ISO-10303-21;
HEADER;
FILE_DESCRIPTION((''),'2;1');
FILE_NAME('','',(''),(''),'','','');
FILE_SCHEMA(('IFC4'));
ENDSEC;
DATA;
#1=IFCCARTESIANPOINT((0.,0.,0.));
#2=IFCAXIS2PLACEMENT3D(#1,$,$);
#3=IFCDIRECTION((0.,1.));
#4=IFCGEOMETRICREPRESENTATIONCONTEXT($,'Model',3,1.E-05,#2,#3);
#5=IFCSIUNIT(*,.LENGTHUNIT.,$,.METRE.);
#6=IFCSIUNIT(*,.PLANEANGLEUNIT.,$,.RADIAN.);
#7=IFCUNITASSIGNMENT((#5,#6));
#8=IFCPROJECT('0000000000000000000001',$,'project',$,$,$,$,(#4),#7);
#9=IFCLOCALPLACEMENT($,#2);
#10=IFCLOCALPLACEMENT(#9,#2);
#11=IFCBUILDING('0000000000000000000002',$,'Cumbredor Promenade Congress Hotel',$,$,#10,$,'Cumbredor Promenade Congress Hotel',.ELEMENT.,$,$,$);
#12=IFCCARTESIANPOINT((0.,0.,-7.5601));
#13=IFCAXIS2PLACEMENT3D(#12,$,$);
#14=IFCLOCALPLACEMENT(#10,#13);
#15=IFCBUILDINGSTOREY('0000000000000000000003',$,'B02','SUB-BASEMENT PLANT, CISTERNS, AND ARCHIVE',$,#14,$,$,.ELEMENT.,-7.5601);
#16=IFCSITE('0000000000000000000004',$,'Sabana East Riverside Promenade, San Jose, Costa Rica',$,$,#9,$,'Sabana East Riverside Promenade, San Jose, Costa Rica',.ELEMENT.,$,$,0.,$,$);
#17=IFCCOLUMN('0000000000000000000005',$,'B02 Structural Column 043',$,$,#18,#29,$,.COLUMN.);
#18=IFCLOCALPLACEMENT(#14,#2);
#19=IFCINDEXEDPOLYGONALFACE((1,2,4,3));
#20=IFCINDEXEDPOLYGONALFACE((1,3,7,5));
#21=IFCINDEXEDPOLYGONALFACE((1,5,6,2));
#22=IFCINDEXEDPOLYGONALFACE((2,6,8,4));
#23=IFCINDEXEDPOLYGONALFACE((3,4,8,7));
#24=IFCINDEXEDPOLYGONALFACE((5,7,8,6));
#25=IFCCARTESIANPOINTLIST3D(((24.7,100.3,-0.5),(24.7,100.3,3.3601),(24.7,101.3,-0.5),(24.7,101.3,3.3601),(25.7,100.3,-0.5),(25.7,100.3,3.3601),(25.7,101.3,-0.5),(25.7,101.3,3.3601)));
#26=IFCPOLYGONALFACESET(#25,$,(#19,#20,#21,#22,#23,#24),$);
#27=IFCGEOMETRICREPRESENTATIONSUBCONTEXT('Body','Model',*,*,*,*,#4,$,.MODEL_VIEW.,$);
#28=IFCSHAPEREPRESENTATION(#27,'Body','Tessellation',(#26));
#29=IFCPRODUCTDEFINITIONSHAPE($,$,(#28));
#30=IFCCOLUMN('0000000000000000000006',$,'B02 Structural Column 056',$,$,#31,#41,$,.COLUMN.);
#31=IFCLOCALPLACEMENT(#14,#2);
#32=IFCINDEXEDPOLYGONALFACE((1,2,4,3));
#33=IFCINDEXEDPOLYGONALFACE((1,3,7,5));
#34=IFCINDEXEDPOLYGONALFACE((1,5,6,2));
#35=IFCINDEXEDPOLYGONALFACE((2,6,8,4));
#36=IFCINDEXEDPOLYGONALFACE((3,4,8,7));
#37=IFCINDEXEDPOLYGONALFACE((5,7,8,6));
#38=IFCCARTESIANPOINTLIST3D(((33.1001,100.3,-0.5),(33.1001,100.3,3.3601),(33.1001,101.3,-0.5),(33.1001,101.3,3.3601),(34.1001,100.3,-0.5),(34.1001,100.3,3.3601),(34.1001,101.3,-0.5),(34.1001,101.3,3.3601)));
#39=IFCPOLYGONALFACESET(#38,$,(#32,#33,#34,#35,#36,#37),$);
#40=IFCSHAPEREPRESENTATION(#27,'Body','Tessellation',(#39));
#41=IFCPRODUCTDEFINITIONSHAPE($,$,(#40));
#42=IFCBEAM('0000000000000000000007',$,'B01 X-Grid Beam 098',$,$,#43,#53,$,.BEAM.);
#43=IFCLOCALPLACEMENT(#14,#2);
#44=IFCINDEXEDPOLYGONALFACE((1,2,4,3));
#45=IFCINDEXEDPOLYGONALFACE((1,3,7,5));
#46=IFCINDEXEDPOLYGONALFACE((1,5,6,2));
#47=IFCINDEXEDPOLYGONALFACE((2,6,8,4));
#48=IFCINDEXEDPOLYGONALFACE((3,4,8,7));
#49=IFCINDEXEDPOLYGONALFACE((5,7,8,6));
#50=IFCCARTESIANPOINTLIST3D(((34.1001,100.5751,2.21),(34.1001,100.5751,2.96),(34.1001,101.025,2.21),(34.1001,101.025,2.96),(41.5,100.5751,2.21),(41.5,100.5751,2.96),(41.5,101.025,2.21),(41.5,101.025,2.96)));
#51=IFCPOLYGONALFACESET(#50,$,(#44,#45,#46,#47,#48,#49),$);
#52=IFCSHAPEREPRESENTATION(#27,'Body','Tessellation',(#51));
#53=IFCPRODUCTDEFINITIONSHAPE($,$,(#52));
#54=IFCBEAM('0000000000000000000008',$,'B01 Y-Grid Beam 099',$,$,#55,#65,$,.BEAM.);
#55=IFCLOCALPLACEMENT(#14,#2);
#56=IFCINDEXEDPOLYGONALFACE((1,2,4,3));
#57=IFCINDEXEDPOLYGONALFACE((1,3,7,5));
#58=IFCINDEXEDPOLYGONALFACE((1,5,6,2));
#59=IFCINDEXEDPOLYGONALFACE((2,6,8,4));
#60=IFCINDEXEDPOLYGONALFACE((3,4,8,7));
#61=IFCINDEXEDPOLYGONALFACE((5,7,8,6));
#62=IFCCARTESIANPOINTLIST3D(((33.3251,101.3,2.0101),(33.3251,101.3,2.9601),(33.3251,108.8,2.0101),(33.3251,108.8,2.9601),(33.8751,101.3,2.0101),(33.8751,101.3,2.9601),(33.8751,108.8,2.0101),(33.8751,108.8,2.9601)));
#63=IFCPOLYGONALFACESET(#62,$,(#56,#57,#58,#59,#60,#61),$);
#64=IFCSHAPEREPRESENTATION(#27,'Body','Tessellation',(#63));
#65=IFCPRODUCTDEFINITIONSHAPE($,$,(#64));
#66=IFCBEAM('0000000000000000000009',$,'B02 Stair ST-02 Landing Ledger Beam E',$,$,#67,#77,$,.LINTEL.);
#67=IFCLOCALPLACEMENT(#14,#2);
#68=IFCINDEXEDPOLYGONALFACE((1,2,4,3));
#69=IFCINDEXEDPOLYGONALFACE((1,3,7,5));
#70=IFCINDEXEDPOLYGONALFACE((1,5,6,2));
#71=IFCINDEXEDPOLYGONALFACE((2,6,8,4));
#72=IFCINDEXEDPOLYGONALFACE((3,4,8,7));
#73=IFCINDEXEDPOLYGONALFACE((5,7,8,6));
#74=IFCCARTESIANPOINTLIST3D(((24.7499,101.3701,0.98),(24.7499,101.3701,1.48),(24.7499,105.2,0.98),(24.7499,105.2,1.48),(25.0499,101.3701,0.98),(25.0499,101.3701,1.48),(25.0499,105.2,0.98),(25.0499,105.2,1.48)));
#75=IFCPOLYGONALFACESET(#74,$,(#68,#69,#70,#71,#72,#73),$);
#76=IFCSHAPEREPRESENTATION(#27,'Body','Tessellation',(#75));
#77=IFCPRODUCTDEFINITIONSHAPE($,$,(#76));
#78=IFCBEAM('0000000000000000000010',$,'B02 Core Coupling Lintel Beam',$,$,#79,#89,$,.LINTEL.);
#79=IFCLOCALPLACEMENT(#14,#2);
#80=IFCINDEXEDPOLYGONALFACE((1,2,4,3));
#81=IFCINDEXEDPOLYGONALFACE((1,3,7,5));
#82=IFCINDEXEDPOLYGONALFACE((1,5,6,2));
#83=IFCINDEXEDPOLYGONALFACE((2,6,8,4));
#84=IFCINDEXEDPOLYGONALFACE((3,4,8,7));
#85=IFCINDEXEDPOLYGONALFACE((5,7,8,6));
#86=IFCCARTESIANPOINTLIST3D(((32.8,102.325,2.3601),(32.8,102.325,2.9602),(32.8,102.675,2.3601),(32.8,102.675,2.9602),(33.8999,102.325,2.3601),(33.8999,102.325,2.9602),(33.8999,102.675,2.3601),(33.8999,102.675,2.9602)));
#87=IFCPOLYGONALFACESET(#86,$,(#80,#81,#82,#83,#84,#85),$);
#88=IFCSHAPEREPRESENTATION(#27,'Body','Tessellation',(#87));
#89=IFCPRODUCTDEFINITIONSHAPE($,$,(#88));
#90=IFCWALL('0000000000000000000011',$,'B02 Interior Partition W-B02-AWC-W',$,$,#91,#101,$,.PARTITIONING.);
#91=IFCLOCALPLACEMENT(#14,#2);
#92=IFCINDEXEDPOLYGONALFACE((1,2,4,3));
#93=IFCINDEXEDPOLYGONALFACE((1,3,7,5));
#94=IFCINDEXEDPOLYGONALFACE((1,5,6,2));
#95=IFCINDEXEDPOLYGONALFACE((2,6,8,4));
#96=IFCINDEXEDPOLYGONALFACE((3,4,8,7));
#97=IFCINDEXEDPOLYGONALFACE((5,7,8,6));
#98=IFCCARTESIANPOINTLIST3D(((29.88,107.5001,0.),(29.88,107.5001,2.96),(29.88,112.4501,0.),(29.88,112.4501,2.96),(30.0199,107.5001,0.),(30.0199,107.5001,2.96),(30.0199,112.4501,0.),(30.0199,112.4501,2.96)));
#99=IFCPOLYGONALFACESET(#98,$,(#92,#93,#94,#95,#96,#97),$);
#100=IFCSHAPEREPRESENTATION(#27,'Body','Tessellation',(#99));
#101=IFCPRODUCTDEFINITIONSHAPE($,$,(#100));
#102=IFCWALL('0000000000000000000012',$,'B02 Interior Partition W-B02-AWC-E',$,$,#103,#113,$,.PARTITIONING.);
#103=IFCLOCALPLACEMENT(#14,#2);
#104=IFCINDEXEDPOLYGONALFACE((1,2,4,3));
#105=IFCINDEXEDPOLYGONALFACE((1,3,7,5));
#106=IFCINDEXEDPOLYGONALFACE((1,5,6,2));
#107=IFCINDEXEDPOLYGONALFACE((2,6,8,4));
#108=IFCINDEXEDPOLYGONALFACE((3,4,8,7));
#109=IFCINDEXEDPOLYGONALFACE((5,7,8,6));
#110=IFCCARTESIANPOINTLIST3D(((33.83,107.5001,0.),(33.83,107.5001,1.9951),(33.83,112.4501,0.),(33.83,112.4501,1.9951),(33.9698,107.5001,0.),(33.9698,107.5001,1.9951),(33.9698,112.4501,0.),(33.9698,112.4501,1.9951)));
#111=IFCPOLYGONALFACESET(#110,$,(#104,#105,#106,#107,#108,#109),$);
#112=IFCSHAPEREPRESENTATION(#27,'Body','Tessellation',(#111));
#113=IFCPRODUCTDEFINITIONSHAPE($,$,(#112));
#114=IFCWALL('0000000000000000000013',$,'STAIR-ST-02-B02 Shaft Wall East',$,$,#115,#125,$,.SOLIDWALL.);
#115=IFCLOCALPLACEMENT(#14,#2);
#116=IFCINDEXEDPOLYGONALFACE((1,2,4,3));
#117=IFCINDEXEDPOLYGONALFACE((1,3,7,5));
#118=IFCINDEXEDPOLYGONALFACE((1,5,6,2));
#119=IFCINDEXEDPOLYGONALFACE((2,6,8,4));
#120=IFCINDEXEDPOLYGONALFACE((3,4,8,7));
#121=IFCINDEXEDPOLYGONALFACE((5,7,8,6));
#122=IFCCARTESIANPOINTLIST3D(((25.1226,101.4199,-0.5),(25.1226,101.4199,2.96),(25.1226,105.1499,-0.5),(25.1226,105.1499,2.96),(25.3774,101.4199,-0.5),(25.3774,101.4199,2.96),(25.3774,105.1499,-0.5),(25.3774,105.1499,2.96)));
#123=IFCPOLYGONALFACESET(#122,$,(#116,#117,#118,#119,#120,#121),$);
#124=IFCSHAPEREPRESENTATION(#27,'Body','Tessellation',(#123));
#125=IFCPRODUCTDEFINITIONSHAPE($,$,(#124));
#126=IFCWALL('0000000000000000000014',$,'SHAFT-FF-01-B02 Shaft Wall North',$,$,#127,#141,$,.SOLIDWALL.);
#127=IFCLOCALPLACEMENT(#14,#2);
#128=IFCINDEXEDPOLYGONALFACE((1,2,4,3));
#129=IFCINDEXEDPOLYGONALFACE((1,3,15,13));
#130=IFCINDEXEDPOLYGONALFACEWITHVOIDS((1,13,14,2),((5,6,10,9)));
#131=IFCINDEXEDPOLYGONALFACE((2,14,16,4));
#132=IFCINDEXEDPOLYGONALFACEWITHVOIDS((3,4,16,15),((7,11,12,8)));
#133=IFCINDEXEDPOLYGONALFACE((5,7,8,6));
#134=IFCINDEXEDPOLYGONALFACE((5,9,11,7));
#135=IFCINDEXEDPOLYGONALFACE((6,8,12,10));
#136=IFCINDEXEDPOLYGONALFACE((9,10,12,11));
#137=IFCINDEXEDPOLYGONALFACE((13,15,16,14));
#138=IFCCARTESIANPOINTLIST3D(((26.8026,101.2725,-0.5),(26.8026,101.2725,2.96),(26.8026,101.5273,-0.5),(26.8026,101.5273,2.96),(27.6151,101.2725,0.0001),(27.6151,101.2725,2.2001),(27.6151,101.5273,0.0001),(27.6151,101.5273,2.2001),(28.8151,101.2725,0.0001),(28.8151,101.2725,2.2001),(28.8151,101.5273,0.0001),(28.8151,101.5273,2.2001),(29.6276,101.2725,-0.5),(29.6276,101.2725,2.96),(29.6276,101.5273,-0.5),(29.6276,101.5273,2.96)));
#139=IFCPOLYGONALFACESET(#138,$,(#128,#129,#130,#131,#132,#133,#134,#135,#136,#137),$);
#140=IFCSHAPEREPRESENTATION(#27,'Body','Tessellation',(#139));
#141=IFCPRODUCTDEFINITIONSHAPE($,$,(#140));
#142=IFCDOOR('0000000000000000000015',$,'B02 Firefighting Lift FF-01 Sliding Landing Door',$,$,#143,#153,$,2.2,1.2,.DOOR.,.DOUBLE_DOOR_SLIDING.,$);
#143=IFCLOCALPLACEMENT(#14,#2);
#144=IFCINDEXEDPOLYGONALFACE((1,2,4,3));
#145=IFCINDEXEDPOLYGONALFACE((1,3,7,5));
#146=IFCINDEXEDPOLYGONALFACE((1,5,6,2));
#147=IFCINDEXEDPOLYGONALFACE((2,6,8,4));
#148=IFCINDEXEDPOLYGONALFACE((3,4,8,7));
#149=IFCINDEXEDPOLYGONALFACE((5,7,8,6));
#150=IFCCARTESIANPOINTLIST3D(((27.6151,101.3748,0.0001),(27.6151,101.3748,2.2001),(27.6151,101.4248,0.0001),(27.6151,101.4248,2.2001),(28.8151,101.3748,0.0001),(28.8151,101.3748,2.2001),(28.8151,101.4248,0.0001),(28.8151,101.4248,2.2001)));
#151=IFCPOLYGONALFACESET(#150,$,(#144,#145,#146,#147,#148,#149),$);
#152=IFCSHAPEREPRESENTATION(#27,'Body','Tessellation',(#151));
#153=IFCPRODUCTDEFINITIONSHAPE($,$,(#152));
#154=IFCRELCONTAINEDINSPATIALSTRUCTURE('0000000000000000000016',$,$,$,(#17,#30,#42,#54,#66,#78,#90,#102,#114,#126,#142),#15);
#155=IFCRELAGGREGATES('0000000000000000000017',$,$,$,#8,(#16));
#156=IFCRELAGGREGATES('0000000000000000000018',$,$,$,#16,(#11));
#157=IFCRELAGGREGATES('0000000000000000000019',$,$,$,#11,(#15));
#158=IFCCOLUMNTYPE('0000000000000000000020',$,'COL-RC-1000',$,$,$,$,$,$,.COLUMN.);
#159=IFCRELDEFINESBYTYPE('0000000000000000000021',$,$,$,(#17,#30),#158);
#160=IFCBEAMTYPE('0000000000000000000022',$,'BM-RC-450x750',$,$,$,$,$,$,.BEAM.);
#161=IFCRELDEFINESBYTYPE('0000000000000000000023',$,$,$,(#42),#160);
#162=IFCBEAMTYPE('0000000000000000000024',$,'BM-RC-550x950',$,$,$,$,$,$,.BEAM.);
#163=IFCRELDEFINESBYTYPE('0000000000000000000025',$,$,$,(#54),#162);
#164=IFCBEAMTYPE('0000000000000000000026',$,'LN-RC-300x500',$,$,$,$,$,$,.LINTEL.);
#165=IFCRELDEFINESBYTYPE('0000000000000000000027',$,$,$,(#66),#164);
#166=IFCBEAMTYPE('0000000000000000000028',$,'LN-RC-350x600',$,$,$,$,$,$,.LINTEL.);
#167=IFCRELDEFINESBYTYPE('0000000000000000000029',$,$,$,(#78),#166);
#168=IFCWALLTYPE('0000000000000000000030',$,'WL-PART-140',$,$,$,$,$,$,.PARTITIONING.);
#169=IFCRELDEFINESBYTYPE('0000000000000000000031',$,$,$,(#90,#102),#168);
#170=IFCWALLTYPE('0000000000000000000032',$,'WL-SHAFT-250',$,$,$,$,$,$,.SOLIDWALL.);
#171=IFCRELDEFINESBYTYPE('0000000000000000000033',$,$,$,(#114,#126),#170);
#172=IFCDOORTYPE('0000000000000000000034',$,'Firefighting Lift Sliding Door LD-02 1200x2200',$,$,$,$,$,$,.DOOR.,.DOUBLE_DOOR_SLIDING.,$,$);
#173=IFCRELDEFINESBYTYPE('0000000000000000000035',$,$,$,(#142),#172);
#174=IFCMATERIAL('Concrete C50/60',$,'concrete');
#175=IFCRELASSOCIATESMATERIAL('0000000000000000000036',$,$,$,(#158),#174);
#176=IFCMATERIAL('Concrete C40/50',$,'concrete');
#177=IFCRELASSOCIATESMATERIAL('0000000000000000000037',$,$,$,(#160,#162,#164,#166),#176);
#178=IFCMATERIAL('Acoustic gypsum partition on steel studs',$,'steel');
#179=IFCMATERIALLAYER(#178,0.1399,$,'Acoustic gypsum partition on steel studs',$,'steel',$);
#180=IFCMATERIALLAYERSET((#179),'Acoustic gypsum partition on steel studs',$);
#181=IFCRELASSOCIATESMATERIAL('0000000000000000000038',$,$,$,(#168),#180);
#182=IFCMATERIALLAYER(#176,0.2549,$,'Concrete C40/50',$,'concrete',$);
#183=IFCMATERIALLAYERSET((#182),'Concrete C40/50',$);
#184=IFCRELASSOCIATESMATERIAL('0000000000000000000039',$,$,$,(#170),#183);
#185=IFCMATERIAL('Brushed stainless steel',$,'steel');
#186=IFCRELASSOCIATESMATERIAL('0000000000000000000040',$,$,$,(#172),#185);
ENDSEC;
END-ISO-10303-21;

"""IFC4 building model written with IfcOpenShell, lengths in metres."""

from ifc_helpers import new_model, si_unit, direction, frame, frame_2d, origin, origin_2d, place, context, subcontext, project, spatial, rectangle, extrude, material, layer, layer_set, material_profile, profile_set, type_object, element, fill, save


model = new_model("IFC4")

# Units and contexts
model_context = context("Model", 3, precision=1e-05, world=origin(), true_north=direction((0.0, 1.0)))
body_context = subcontext(model_context, "Body", "Model", "MODEL_VIEW")
ifc_project = project(units=[si_unit("LENGTHUNIT", "METRE"), si_unit("PLANEANGLEUNIT", "RADIAN")], contexts=[model_context])

# Site, building, storey
site_placement = place(None, origin())
site = spatial("IfcSite", under=ifc_project, at=site_placement, Name="Sabana East Riverside Promenade, San Jose, Costa Rica", LongName="Sabana East Riverside Promenade, San Jose, Costa Rica", CompositionType="ELEMENT", RefElevation=0.0)
building_placement = place(site_placement, origin())
building = spatial("IfcBuilding", under=site, at=building_placement, Name="Cumbredor Promenade Congress Hotel", LongName="Cumbredor Promenade Congress Hotel", CompositionType="ELEMENT")
storey_placement = place(building_placement, frame((0.0, 0.0, -7.5601)))
storey = spatial("IfcBuildingStorey", under=building, at=storey_placement, Name="B02", Description="SUB-BASEMENT PLANT, CISTERNS, AND ARCHIVE", CompositionType="ELEMENT", Elevation=-7.5601)

# Shared definitions
ifc_material_1 = material(Name="Concrete C40/50", Category="concrete")

# Columns
ifc_material_2 = material(Name="Concrete C50/60", Category="concrete")
ifc_material_profile_1 = material_profile(ifc_material_2, rectangle(XDim=1.0, YDim=1.0, at=origin_2d()), Name="RC 1000x1000")
ifc_profile_set_1 = profile_set([ifc_material_profile_1], Name="Concrete C50/60")
column_type = type_object("IfcColumnType", Name="COL-RC-1000", PredefinedType="COLUMN", material=ifc_profile_set_1)
for number, where, z_axis, x_axis, name in (
    (1, (25.2, 100.8, -0.5), (0.0, 0.0, 1.0), (1.0, 0.0, 0.0), "B02 Structural Column 043"),
    (2, (33.6001, 100.8, -0.5), (0.0, 0.0, 1.0), (1.0, 0.0, 0.0), "B02 Structural Column 056"),
):
    element("IfcColumn", number, at=place(storey_placement, frame(where, z_axis=z_axis, x_axis=x_axis)), inside=storey, type_object=column_type, Name=name, PredefinedType="COLUMN", context=body_context, shape_type="SweptSolid", body=[
        extrude(rectangle(XDim=1.0, YDim=1.0, at=origin_2d()), origin(), (0.0, 0.0, 1.0), 3.8601),
    ])

# Beams
ifc_material_profile_2 = material_profile(ifc_material_1, rectangle(XDim=0.45, YDim=0.75, at=origin_2d()), Name="RC BEAM 450x750")
ifc_profile_set_2 = profile_set([ifc_material_profile_2], Name="Concrete C40/50")
beam_type_1 = type_object("IfcBeamType", Name="BM-RC-450x750", PredefinedType="BEAM", material=ifc_profile_set_2)
beam_1_placement = place(storey_placement, frame((34.1001, 100.8, 2.585), z_axis=(1.0, 0.0, 0.0), x_axis=(0.0, 1.0, 0.0)))
element("IfcBeam", 3, at=beam_1_placement, inside=storey, type_object=beam_type_1, Name="B01 X-Grid Beam 098", PredefinedType="BEAM", context=body_context, shape_type="SweptSolid", body=[
    extrude(rectangle(XDim=0.45, YDim=0.75, at=origin_2d()), origin(), (0.0, 0.0, 1.0), 7.3999),
])
ifc_material_profile_3 = material_profile(ifc_material_1, rectangle(XDim=0.55, YDim=0.95, at=origin_2d()), Name="RC BEAM 550x950")
ifc_profile_set_3 = profile_set([ifc_material_profile_3], Name="Concrete C40/50")
beam_type_2 = type_object("IfcBeamType", Name="BM-RC-550x950", PredefinedType="BEAM", material=ifc_profile_set_3)
beam_2_placement = place(storey_placement, frame((33.6001, 101.3, 2.4851), z_axis=(0.0, 1.0, 0.0), x_axis=(-1.0, 0.0, 0.0)))
element("IfcBeam", 4, at=beam_2_placement, inside=storey, type_object=beam_type_2, Name="B01 Y-Grid Beam 099", PredefinedType="BEAM", context=body_context, shape_type="SweptSolid", body=[
    extrude(rectangle(XDim=0.55, YDim=0.95, at=origin_2d()), origin(), (0.0, 0.0, 1.0), 7.5),
])
ifc_material_profile_4 = material_profile(ifc_material_1, rectangle(XDim=0.3, YDim=0.5, at=origin_2d()), Name="RC LINTEL 300x500")
ifc_profile_set_4 = profile_set([ifc_material_profile_4], Name="Concrete C40/50")
beam_type_3 = type_object("IfcBeamType", Name="LN-RC-300x500", PredefinedType="LINTEL", material=ifc_profile_set_4)
beam_3_placement = place(storey_placement, frame((24.8999, 101.3701, 1.23), z_axis=(0.0, 1.0, 0.0), x_axis=(-1.0, 0.0, 0.0)))
element("IfcBeam", 5, at=beam_3_placement, inside=storey, type_object=beam_type_3, Name="B02 Stair ST-02 Landing Ledger Beam E", PredefinedType="LINTEL", context=body_context, shape_type="SweptSolid", body=[
    extrude(rectangle(XDim=0.3, YDim=0.5, at=origin_2d()), origin(), (0.0, 0.0, 1.0), 3.8298),
])
ifc_material_profile_5 = material_profile(ifc_material_1, rectangle(XDim=0.3501, YDim=0.6001, at=origin_2d()), Name="RC LINTEL 350x600")
ifc_profile_set_5 = profile_set([ifc_material_profile_5], Name="Concrete C40/50")
beam_type_4 = type_object("IfcBeamType", Name="LN-RC-350x600", PredefinedType="LINTEL", material=ifc_profile_set_5)
beam_4_placement = place(storey_placement, frame((32.8, 102.5, 2.6602), z_axis=(1.0, 0.0, 0.0), x_axis=(0.0, 1.0, 0.0)))
element("IfcBeam", 6, at=beam_4_placement, inside=storey, type_object=beam_type_4, Name="B02 Core Coupling Lintel Beam", PredefinedType="LINTEL", context=body_context, shape_type="SweptSolid", body=[
    extrude(rectangle(XDim=0.3501, YDim=0.6001, at=origin_2d()), origin(), (0.0, 0.0, 1.0), 1.0999),
])

# Walls
ifc_material_3 = material(Name="Acoustic gypsum partition on steel studs", Category="steel")
ifc_layer_1 = layer(ifc_material_3, 0.1399, Name="Acoustic gypsum partition on steel studs", Category="steel")
ifc_layer_set_1 = layer_set([ifc_layer_1], Name="Acoustic gypsum partition on steel studs")
wall_type_1 = type_object("IfcWallType", Name="WL-PART-140", PredefinedType="PARTITIONING", material=ifc_layer_set_1)
wall_1_placement = place(storey_placement, frame((29.95, 107.5, 0.0), z_axis=(0.0, 0.0, 1.0), x_axis=(0.0, 1.0, 0.0)))
element("IfcWall", 7, at=wall_1_placement, inside=storey, type_object=wall_type_1, Name="B02 Interior Partition W-B02-AWC-W", PredefinedType="PARTITIONING", context=body_context, shape_type="SweptSolid", body=[
    extrude(rectangle(XDim=4.95, YDim=0.1399, at=frame_2d((2.4751, 0.0))), origin(), (0.0, 0.0, 1.0), 2.96),
])
wall_2_placement = place(storey_placement, frame((33.8999, 107.5, 0.0), z_axis=(0.0, 0.0, 1.0), x_axis=(0.0, 1.0, 0.0)))
element("IfcWall", 8, at=wall_2_placement, inside=storey, type_object=wall_type_1, Name="B02 Interior Partition W-B02-AWC-E", PredefinedType="PARTITIONING", context=body_context, shape_type="SweptSolid", body=[
    extrude(rectangle(XDim=4.95, YDim=0.1399, at=frame_2d((2.4751, 0.0))), origin(), (0.0, 0.0, 1.0), 1.9951),
])
ifc_layer_2 = layer(ifc_material_1, 0.2549, Name="Concrete C40/50", Category="concrete")
ifc_layer_set_2 = layer_set([ifc_layer_2], Name="Concrete C40/50")
wall_type_2 = type_object("IfcWallType", Name="WL-SHAFT-250", PredefinedType="SOLIDWALL", material=ifc_layer_set_2)
wall_3_placement = place(storey_placement, frame((25.25, 101.4199, -0.5), z_axis=(0.0, 0.0, 1.0), x_axis=(0.0, 1.0, 0.0)))
element("IfcWall", 9, at=wall_3_placement, inside=storey, type_object=wall_type_2, Name="STAIR-ST-02-B02 Shaft Wall East", PredefinedType="SOLIDWALL", context=body_context, shape_type="SweptSolid", body=[
    extrude(rectangle(XDim=3.73, YDim=0.2549, at=frame_2d((1.865, 0.0))), origin(), (0.0, 0.0, 1.0), 3.46),
])

# Wall, opening, door
wall_4_placement = place(storey_placement, frame((26.8025, 101.3999, -0.5), z_axis=(0.0, 0.0, 1.0), x_axis=(1.0, 0.0, 0.0)))
wall_4 = element("IfcWall", 10, at=wall_4_placement, inside=storey, type_object=wall_type_2, Name="SHAFT-FF-01-B02 Shaft Wall North", PredefinedType="SOLIDWALL", context=body_context, shape_type="SweptSolid", body=[
    extrude(rectangle(XDim=2.825, YDim=0.2549, at=frame_2d((1.4126, 0.0))), origin(), (0.0, 0.0, 1.0), 3.46),
])
opening_1_placement = place(wall_4_placement, frame((0.8125, 0.0, 0.5)))
opening_1 = element("IfcOpeningElement", 11, at=opening_1_placement, cuts=wall_4, PredefinedType="OPENING", context=body_context, shape_type="SweptSolid", body=[
    extrude(rectangle(XDim=1.2, YDim=2.2, at=frame_2d((0.6001, 1.1001))), frame((0.0, 0.1375, 0.0), z_axis=(0.0, -1.0, 0.0), x_axis=(1.0, 0.0, 0.0)), (0.0, 0.0, 1.0), 0.2749),
])
ifc_material_4 = material(Name="Brushed stainless steel", Category="steel")
door_type_1 = type_object("IfcDoorType", Name="Firefighting Lift Sliding Door LD-02 1200x2200", OperationType="DOUBLE_DOOR_SLIDING", PredefinedType="DOOR", material=ifc_material_4)
door_1_placement = place(opening_1_placement, origin())
door_1 = element("IfcDoor", 12, at=door_1_placement, inside=storey, type_object=door_type_1, Name="B02 Firefighting Lift FF-01 Sliding Landing Door", OperationType="DOUBLE_DOOR_SLIDING", OverallHeight=2.2, OverallWidth=1.2, PredefinedType="DOOR", context=body_context, shape_type="SweptSolid", body=[
    extrude(rectangle(XDim=1.2, YDim=2.2, at=frame_2d((0.6001, 1.1001))), frame((0.0, 0.0249, 0.0), z_axis=(0.0, -1.0, 0.0), x_axis=(1.0, 0.0, 0.0)), (0.0, 0.0, 1.0), 0.05),
])
fill(opening_1, door_1)

save(model, "model.ifc")
